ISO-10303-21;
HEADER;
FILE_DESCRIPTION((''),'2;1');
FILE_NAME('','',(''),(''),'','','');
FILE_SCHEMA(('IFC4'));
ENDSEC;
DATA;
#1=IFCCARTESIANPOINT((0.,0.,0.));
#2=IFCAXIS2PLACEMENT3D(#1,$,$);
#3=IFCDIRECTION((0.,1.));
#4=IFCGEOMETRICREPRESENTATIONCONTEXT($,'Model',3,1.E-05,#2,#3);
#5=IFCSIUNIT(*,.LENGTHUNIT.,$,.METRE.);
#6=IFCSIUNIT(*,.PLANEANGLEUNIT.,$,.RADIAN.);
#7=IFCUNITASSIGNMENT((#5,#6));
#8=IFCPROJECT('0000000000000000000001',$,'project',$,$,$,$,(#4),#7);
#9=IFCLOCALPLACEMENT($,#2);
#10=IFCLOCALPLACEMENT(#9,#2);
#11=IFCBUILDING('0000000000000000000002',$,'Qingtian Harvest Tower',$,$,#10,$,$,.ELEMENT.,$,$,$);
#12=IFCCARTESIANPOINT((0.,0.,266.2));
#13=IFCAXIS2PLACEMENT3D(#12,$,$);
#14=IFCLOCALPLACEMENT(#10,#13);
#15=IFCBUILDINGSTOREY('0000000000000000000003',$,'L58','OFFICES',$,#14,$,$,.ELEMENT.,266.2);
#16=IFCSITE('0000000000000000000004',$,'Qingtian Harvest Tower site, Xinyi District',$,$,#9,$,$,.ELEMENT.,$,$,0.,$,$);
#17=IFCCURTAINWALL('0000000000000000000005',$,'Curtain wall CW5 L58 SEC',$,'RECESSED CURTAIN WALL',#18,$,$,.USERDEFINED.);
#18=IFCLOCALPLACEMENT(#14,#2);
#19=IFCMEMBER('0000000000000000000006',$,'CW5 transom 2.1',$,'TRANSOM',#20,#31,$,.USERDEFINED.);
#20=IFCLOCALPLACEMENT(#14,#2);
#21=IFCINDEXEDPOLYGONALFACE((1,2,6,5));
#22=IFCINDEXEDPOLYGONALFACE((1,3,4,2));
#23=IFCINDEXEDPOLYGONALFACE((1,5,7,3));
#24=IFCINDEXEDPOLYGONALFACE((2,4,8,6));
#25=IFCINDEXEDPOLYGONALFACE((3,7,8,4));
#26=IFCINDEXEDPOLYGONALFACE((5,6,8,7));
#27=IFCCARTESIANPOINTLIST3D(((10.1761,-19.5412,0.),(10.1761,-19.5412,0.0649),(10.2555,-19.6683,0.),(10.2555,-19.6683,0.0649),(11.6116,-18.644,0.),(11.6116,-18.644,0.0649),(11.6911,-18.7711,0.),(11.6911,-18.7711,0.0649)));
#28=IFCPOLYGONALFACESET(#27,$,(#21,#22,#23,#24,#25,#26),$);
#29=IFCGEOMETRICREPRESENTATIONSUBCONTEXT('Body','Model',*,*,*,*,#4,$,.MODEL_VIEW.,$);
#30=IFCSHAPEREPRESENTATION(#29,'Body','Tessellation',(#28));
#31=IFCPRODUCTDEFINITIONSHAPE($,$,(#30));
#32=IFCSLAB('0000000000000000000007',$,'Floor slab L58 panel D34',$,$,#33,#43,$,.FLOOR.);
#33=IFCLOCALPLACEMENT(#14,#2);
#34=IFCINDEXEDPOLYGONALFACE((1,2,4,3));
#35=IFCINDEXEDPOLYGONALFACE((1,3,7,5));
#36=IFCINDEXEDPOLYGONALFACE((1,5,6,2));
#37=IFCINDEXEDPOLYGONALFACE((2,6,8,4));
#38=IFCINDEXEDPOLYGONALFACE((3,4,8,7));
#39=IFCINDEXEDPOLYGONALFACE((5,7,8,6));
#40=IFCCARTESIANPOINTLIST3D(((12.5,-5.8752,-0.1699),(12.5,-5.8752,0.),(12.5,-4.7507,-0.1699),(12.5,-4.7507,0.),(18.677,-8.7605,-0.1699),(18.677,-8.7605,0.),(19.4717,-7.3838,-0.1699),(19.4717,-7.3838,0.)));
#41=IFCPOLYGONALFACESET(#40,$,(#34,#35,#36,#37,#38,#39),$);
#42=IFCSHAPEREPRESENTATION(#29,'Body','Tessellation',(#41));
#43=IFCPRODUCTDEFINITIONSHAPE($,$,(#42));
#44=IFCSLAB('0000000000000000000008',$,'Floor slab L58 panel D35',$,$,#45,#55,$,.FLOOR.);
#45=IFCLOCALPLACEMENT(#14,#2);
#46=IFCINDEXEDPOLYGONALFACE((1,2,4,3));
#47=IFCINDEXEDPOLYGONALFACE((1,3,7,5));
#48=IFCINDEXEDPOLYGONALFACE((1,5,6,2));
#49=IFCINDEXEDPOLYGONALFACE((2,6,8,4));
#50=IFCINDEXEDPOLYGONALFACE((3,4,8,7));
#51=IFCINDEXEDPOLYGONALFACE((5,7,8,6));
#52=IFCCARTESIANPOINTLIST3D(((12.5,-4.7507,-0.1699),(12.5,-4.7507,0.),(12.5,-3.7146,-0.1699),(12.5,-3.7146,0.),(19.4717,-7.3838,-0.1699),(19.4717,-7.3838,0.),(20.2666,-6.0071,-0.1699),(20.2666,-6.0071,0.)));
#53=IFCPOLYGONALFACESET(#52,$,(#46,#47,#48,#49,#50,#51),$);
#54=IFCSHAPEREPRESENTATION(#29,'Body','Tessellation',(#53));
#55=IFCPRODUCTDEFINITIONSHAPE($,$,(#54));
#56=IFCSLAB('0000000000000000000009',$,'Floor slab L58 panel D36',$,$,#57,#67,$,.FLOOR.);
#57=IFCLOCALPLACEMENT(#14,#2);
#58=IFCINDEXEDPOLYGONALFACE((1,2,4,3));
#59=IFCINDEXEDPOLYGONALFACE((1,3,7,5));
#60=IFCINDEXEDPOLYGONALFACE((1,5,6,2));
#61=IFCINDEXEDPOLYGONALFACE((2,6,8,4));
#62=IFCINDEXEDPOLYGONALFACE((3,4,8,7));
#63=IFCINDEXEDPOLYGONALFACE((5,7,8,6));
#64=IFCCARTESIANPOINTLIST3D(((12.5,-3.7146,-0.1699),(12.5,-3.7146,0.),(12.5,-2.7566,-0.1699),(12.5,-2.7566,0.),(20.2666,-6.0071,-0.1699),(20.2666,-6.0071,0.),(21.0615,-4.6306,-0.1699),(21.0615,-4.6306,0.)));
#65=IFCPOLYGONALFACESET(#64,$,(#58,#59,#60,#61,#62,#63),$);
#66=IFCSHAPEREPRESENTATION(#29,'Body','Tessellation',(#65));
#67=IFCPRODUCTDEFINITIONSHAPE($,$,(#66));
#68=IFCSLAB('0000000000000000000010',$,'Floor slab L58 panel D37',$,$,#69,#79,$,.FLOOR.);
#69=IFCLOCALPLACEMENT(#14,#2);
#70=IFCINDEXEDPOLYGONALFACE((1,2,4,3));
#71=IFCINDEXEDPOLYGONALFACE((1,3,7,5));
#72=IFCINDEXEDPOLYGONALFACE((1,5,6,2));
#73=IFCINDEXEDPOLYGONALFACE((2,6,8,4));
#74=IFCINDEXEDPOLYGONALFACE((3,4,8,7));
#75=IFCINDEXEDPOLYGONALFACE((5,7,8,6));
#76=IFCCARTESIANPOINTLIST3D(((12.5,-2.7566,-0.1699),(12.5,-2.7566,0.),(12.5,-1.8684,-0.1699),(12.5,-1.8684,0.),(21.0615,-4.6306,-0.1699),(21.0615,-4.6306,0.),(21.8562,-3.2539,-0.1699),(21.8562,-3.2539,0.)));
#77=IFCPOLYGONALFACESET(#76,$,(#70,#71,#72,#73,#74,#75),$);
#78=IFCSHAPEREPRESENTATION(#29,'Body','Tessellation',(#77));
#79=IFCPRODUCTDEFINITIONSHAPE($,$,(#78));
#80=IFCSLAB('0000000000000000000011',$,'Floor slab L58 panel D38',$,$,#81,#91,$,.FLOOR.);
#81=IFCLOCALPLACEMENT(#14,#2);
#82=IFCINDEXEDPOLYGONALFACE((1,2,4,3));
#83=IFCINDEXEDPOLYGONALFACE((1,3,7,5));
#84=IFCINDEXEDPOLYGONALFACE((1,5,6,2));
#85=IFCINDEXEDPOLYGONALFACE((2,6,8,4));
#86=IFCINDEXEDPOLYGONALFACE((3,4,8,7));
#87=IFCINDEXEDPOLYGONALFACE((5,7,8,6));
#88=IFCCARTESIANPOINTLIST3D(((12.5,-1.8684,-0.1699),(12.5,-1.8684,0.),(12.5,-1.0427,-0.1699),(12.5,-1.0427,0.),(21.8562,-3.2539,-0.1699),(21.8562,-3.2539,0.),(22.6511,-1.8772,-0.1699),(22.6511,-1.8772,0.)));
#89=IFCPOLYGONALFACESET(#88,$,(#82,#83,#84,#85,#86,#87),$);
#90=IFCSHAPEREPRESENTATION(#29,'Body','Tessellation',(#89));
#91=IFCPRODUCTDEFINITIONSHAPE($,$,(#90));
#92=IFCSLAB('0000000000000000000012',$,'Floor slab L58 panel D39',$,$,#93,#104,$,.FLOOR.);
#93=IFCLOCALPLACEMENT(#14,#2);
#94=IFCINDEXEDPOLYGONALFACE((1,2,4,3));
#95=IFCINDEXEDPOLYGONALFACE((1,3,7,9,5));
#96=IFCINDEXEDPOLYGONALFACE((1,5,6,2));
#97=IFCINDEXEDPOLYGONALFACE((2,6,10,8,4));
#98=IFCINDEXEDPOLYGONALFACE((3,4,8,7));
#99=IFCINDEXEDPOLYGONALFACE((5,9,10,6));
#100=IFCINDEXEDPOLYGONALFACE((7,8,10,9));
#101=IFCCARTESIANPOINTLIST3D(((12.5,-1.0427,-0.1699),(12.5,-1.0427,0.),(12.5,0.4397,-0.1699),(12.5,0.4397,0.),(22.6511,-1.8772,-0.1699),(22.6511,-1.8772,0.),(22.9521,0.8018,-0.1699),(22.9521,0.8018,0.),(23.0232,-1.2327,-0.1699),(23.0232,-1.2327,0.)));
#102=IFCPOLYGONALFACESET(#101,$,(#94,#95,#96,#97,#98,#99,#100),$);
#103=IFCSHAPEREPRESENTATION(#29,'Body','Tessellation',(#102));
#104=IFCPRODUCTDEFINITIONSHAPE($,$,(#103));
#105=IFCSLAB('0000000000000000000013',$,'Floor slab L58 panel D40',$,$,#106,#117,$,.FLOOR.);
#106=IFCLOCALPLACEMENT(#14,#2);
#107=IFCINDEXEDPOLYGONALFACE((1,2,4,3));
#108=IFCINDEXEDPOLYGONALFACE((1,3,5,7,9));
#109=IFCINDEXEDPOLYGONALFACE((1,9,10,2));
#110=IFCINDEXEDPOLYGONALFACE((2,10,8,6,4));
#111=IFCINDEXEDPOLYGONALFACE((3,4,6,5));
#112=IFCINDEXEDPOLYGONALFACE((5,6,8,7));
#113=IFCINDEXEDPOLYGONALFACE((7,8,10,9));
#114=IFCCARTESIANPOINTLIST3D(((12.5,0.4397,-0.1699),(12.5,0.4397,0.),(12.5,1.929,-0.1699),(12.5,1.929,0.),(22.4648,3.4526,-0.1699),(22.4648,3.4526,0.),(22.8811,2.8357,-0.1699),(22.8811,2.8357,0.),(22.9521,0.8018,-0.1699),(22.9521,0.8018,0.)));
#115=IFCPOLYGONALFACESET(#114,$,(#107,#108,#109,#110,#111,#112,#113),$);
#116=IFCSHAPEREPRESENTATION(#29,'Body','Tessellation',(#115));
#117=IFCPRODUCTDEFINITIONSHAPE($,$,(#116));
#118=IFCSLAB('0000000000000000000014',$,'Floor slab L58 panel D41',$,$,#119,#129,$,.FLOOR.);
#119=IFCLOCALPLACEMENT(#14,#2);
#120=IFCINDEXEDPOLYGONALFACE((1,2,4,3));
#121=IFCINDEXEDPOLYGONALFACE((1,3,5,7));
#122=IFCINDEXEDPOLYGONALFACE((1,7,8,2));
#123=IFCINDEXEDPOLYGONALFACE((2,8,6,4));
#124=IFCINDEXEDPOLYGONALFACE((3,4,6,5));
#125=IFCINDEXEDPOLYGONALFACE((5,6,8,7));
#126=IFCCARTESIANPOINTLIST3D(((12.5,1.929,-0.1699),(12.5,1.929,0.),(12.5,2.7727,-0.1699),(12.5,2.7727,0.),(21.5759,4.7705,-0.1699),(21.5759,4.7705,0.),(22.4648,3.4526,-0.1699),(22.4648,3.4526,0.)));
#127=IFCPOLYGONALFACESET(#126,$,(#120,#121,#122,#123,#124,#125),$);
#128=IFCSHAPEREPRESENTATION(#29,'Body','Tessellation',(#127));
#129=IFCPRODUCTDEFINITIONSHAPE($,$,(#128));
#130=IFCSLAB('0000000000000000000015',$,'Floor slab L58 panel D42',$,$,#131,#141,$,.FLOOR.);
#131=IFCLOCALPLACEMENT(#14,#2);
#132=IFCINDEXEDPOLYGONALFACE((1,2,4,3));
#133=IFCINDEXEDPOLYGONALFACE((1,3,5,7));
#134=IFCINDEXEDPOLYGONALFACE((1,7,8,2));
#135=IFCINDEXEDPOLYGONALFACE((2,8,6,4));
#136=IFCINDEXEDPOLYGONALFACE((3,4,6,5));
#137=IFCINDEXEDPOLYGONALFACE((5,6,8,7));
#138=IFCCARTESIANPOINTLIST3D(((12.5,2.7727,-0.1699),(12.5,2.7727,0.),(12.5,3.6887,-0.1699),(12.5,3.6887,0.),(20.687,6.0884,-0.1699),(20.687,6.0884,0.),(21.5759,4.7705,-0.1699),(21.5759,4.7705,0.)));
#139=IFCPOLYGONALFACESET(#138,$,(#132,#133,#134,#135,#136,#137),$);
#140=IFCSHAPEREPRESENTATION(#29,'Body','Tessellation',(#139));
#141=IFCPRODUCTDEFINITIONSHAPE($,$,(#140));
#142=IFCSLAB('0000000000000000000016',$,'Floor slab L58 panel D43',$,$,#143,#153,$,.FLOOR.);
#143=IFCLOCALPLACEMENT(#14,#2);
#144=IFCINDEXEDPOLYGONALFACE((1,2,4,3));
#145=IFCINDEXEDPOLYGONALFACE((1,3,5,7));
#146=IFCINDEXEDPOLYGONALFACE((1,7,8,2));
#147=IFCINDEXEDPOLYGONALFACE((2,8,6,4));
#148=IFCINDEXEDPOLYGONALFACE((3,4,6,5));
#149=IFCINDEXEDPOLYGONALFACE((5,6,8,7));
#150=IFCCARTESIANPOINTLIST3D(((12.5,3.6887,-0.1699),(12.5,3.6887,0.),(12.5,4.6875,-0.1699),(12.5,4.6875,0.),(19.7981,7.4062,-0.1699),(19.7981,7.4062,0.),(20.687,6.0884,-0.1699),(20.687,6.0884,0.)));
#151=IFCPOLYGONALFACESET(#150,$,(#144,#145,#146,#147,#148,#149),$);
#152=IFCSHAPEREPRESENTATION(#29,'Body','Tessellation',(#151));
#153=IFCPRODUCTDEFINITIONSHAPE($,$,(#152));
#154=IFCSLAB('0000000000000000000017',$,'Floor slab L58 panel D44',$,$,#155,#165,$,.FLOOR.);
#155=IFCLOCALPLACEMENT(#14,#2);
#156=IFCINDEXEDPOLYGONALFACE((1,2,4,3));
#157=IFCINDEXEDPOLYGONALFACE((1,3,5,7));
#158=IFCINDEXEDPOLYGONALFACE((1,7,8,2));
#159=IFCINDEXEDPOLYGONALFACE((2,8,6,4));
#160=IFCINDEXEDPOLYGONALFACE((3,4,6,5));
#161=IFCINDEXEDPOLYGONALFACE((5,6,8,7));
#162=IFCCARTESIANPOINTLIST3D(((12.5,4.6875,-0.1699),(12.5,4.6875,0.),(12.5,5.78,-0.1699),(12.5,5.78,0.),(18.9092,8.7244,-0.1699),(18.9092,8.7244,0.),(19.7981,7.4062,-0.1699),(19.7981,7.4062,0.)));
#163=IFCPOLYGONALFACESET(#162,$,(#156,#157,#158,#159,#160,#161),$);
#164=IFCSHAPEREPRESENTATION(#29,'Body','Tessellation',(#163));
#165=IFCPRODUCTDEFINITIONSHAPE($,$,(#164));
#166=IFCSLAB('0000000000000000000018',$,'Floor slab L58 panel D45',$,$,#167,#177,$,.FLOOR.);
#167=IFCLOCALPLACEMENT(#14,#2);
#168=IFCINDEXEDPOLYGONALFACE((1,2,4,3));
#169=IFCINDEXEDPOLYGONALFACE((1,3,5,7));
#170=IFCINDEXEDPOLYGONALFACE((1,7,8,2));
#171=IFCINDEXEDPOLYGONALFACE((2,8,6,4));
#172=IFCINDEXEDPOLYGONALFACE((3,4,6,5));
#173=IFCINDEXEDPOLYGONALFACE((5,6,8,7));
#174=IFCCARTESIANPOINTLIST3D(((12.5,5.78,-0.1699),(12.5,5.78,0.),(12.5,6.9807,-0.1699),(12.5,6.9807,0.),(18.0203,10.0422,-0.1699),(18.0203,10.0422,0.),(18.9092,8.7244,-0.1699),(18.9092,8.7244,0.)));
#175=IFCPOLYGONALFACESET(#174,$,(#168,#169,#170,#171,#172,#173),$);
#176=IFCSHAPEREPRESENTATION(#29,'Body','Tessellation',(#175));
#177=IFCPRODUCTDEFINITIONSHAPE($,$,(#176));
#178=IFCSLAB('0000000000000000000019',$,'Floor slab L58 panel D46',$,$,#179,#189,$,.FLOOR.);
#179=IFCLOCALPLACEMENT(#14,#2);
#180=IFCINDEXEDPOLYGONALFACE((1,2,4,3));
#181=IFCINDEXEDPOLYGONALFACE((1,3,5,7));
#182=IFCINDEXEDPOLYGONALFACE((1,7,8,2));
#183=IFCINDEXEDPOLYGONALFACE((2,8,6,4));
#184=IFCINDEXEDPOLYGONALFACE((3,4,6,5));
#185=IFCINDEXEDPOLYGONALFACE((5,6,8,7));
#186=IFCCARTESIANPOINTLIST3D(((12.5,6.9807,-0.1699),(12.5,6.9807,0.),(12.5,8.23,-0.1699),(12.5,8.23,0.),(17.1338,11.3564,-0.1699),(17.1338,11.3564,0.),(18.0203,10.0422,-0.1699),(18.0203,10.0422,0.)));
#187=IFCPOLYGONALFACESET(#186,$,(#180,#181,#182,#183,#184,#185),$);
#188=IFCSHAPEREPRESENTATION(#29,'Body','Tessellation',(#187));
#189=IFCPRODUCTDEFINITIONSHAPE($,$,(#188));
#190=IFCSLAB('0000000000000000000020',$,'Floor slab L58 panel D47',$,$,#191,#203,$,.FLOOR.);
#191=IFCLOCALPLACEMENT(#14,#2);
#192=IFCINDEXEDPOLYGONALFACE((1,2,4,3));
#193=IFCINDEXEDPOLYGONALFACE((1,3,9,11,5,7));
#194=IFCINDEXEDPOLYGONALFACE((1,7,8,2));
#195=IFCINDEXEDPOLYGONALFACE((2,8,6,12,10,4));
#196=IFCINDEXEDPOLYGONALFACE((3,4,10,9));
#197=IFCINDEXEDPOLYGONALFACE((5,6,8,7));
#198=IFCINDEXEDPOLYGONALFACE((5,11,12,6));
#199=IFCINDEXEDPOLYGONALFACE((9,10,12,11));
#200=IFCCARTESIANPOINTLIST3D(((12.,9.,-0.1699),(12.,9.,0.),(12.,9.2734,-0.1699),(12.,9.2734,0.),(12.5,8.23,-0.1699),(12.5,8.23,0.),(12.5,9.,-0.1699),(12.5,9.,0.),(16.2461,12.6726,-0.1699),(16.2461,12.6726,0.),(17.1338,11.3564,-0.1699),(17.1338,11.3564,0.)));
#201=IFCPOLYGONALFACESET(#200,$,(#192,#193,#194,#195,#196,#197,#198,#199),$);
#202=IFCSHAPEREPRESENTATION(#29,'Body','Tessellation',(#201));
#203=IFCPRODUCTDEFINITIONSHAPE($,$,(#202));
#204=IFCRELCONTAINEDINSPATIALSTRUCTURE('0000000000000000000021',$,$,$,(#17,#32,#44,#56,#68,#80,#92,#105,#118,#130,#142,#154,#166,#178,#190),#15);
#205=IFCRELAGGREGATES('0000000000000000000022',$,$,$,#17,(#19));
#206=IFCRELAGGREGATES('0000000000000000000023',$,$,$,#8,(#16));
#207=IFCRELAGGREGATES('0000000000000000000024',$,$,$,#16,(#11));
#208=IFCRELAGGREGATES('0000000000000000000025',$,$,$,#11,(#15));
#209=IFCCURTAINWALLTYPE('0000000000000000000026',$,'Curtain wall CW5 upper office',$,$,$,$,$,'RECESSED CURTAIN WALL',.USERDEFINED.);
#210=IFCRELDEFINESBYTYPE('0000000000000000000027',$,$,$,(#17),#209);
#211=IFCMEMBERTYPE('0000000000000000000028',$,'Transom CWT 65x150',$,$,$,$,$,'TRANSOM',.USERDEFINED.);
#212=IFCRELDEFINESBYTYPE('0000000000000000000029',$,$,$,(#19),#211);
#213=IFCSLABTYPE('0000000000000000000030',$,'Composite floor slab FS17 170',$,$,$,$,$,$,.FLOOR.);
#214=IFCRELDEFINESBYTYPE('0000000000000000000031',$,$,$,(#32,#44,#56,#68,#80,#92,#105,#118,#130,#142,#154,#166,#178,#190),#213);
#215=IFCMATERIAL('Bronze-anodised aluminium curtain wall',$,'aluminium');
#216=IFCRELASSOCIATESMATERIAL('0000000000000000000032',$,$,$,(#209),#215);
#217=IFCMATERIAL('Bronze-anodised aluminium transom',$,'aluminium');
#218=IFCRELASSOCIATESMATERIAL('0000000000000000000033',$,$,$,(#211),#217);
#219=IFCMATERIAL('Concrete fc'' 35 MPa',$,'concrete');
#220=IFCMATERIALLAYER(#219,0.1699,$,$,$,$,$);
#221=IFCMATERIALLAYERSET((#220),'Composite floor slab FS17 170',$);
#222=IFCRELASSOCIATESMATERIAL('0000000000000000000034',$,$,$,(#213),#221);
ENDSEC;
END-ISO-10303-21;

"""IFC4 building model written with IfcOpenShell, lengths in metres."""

from ifc_helpers import new_model, si_unit, direction, frame, origin, origin_2d, place, context, subcontext, project, spatial, polyline, rectangle, outline, extrude, material, layer, layer_set, material_profile, profile_set, type_object, element, aggregate, save


model = new_model("IFC4")

# Units and contexts
model_context = context("Model", 3, precision=1e-05, world=origin(), true_north=direction((0.0, 1.0)))
body_context = subcontext(model_context, "Body", "Model", "MODEL_VIEW")
ifc_project = project(units=[si_unit("LENGTHUNIT", "METRE"), si_unit("PLANEANGLEUNIT", "RADIAN")], contexts=[model_context])

# Site, building, storey
site_placement = place(None, origin())
site = spatial("IfcSite", under=ifc_project, at=site_placement, Name="Qingtian Harvest Tower site, Xinyi District", CompositionType="ELEMENT", RefElevation=0.0)
building_placement = place(site_placement, origin())
building = spatial("IfcBuilding", under=site, at=building_placement, Name="Qingtian Harvest Tower", CompositionType="ELEMENT")
storey_placement = place(building_placement, frame((0.0, 0.0, 266.2)))
storey = spatial("IfcBuildingStorey", under=building, at=storey_placement, Name="L58", Description="OFFICES", CompositionType="ELEMENT", Elevation=266.2)

# Curtain wall, member
ifc_material_1 = material(Name="Bronze-anodised aluminium curtain wall", Category="aluminium")
curtain_wall_type = type_object("IfcCurtainWallType", Name="Curtain wall CW5 upper office", ElementType="RECESSED CURTAIN WALL", PredefinedType="USERDEFINED", material=ifc_material_1)
curtain_wall_placement = place(storey_placement, origin())
curtain_wall = element("IfcCurtainWall", 1, at=curtain_wall_placement, inside=storey, type_object=curtain_wall_type, Name="Curtain wall CW5 L58 SEC", ObjectType="RECESSED CURTAIN WALL", PredefinedType="USERDEFINED")
ifc_material_2 = material(Name="Bronze-anodised aluminium transom", Category="aluminium")
ifc_material_profile = material_profile(ifc_material_2, rectangle(XDim=0.1499, YDim=0.0649, at=origin_2d()), Name="AL 65x150")
ifc_profile_set = profile_set([ifc_material_profile], Name="Bronze-anodised aluminium transom")
member_type = type_object("IfcMemberType", Name="Transom CWT 65x150", ElementType="TRANSOM", PredefinedType="USERDEFINED", material=ifc_profile_set)
member_placement = place(storey_placement, frame((11.6514, -18.7075, 0.0325), z_axis=(-0.847998, -0.529999, 0.0), x_axis=(0.529999, -0.847998, 0.0)))
member = element("IfcMember", 2, at=member_placement, type_object=member_type, Name="CW5 transom 2.1", ObjectType="TRANSOM", PredefinedType="USERDEFINED", context=body_context, shape_type="SweptSolid", body=[
    extrude(rectangle(XDim=0.1499, YDim=0.0649, at=origin_2d()), origin(), (0.0, 0.0, 1.0), 1.6929),
])
aggregate(curtain_wall, [member])

# Slabs
ifc_material_3 = material(Name="Concrete fc' 35 MPa", Category="concrete")
ifc_layer_1 = layer(ifc_material_3, 0.1699)
ifc_layer_set_1 = layer_set([ifc_layer_1], Name="Composite floor slab FS17 170")
slab_type = type_object("IfcSlabType", Name="Composite floor slab FS17 170", PredefinedType="FLOOR", material=ifc_layer_set_1)
slab_1_placement = place(storey_placement, frame((0.0, 0.0, -0.1699)))
element("IfcSlab", 3, at=slab_1_placement, inside=storey, type_object=slab_type, Name="Floor slab L58 panel D34", PredefinedType="FLOOR", context=body_context, shape_type="SweptSolid", body=[
    extrude(outline(polyline([(12.5, -4.7507), (19.4717, -7.3838), (18.677, -8.7605), (12.5, -5.8752), (12.5, -4.7507)])), origin(), (0.0, 0.0, 1.0), 0.1699),
])
slab_2_placement = place(storey_placement, frame((0.0, 0.0, -0.1699)))
element("IfcSlab", 4, at=slab_2_placement, inside=storey, type_object=slab_type, Name="Floor slab L58 panel D35", PredefinedType="FLOOR", context=body_context, shape_type="SweptSolid", body=[
    extrude(outline(polyline([(12.5, -3.7146), (20.2666, -6.0071), (19.4717, -7.3838), (12.5, -4.7507), (12.5, -3.7146)])), origin(), (0.0, 0.0, 1.0), 0.1699),
])
slab_3_placement = place(storey_placement, frame((0.0, 0.0, -0.1699)))
element("IfcSlab", 5, at=slab_3_placement, inside=storey, type_object=slab_type, Name="Floor slab L58 panel D36", PredefinedType="FLOOR", context=body_context, shape_type="SweptSolid", body=[
    extrude(outline(polyline([(12.5, -2.7566), (21.0615, -4.6306), (20.2666, -6.0071), (12.5, -3.7146), (12.5, -2.7566)])), origin(), (0.0, 0.0, 1.0), 0.1699),
])
slab_4_placement = place(storey_placement, frame((0.0, 0.0, -0.1699)))
element("IfcSlab", 6, at=slab_4_placement, inside=storey, type_object=slab_type, Name="Floor slab L58 panel D37", PredefinedType="FLOOR", context=body_context, shape_type="SweptSolid", body=[
    extrude(outline(polyline([(12.5, -1.8684), (21.8562, -3.2539), (21.0615, -4.6306), (12.5, -2.7566), (12.5, -1.8684)])), origin(), (0.0, 0.0, 1.0), 0.1699),
])
slab_5_placement = place(storey_placement, frame((0.0, 0.0, -0.1699)))
element("IfcSlab", 7, at=slab_5_placement, inside=storey, type_object=slab_type, Name="Floor slab L58 panel D38", PredefinedType="FLOOR", context=body_context, shape_type="SweptSolid", body=[
    extrude(outline(polyline([(12.5, -1.0427), (22.6511, -1.8772), (21.8562, -3.2539), (12.5, -1.8684), (12.5, -1.0427)])), origin(), (0.0, 0.0, 1.0), 0.1699),
])
slab_6_placement = place(storey_placement, frame((0.0, 0.0, -0.1699)))
element("IfcSlab", 8, at=slab_6_placement, inside=storey, type_object=slab_type, Name="Floor slab L58 panel D39", PredefinedType="FLOOR", context=body_context, shape_type="SweptSolid", body=[
    extrude(outline(polyline([(12.5, -1.0427), (12.5, 0.4397), (22.9521, 0.8018), (23.0232, -1.2327), (22.6511, -1.8772), (12.5, -1.0427)])), origin(), (0.0, 0.0, 1.0), 0.1699),
])
slab_7_placement = place(storey_placement, frame((0.0, 0.0, -0.1699)))
element("IfcSlab", 9, at=slab_7_placement, inside=storey, type_object=slab_type, Name="Floor slab L58 panel D40", PredefinedType="FLOOR", context=body_context, shape_type="SweptSolid", body=[
    extrude(outline(polyline([(12.5, 0.4397), (12.5, 1.929), (22.4648, 3.4526), (22.8811, 2.8357), (22.9521, 0.8018), (12.5, 0.4397)])), origin(), (0.0, 0.0, 1.0), 0.1699),
])
slab_8_placement = place(storey_placement, frame((0.0, 0.0, -0.1699)))
element("IfcSlab", 10, at=slab_8_placement, inside=storey, type_object=slab_type, Name="Floor slab L58 panel D41", PredefinedType="FLOOR", context=body_context, shape_type="SweptSolid", body=[
    extrude(outline(polyline([(12.5, 2.7727), (21.5759, 4.7705), (22.4648, 3.4526), (12.5, 1.929), (12.5, 2.7727)])), origin(), (0.0, 0.0, 1.0), 0.1699),
])
slab_9_placement = place(storey_placement, frame((0.0, 0.0, -0.1699)))
element("IfcSlab", 11, at=slab_9_placement, inside=storey, type_object=slab_type, Name="Floor slab L58 panel D42", PredefinedType="FLOOR", context=body_context, shape_type="SweptSolid", body=[
    extrude(outline(polyline([(12.5, 3.6887), (20.687, 6.0884), (21.5759, 4.7705), (12.5, 2.7727), (12.5, 3.6887)])), origin(), (0.0, 0.0, 1.0), 0.1699),
])
slab_10_placement = place(storey_placement, frame((0.0, 0.0, -0.1699)))
element("IfcSlab", 12, at=slab_10_placement, inside=storey, type_object=slab_type, Name="Floor slab L58 panel D43", PredefinedType="FLOOR", context=body_context, shape_type="SweptSolid", body=[
    extrude(outline(polyline([(12.5, 4.6875), (19.7981, 7.4062), (20.687, 6.0884), (12.5, 3.6887), (12.5, 4.6875)])), origin(), (0.0, 0.0, 1.0), 0.1699),
])
slab_11_placement = place(storey_placement, frame((0.0, 0.0, -0.1699)))
element("IfcSlab", 13, at=slab_11_placement, inside=storey, type_object=slab_type, Name="Floor slab L58 panel D44", PredefinedType="FLOOR", context=body_context, shape_type="SweptSolid", body=[
    extrude(outline(polyline([(12.5, 5.78), (18.9092, 8.7244), (19.7981, 7.4062), (12.5, 4.6875), (12.5, 5.78)])), origin(), (0.0, 0.0, 1.0), 0.1699),
])
slab_12_placement = place(storey_placement, frame((0.0, 0.0, -0.1699)))
element("IfcSlab", 14, at=slab_12_placement, inside=storey, type_object=slab_type, Name="Floor slab L58 panel D45", PredefinedType="FLOOR", context=body_context, shape_type="SweptSolid", body=[
    extrude(outline(polyline([(12.5, 6.9807), (18.0203, 10.0422), (18.9092, 8.7244), (12.5, 5.78), (12.5, 6.9807)])), origin(), (0.0, 0.0, 1.0), 0.1699),
])
slab_13_placement = place(storey_placement, frame((0.0, 0.0, -0.1699)))
element("IfcSlab", 15, at=slab_13_placement, inside=storey, type_object=slab_type, Name="Floor slab L58 panel D46", PredefinedType="FLOOR", context=body_context, shape_type="SweptSolid", body=[
    extrude(outline(polyline([(12.5, 8.23), (17.1338, 11.3564), (18.0203, 10.0422), (12.5, 6.9807), (12.5, 8.23)])), origin(), (0.0, 0.0, 1.0), 0.1699),
])
slab_14_placement = place(storey_placement, frame((0.0, 0.0, -0.1699)))
element("IfcSlab", 16, at=slab_14_placement, inside=storey, type_object=slab_type, Name="Floor slab L58 panel D47", PredefinedType="FLOOR", context=body_context, shape_type="SweptSolid", body=[
    extrude(outline(polyline([(12.5, 9.0), (12.0, 9.0), (12.0, 9.2734), (16.2461, 12.6726), (17.1338, 11.3564), (12.5, 8.23), (12.5, 9.0)])), origin(), (0.0, 0.0, 1.0), 0.1699),
])

save(model, "model.ifc")
